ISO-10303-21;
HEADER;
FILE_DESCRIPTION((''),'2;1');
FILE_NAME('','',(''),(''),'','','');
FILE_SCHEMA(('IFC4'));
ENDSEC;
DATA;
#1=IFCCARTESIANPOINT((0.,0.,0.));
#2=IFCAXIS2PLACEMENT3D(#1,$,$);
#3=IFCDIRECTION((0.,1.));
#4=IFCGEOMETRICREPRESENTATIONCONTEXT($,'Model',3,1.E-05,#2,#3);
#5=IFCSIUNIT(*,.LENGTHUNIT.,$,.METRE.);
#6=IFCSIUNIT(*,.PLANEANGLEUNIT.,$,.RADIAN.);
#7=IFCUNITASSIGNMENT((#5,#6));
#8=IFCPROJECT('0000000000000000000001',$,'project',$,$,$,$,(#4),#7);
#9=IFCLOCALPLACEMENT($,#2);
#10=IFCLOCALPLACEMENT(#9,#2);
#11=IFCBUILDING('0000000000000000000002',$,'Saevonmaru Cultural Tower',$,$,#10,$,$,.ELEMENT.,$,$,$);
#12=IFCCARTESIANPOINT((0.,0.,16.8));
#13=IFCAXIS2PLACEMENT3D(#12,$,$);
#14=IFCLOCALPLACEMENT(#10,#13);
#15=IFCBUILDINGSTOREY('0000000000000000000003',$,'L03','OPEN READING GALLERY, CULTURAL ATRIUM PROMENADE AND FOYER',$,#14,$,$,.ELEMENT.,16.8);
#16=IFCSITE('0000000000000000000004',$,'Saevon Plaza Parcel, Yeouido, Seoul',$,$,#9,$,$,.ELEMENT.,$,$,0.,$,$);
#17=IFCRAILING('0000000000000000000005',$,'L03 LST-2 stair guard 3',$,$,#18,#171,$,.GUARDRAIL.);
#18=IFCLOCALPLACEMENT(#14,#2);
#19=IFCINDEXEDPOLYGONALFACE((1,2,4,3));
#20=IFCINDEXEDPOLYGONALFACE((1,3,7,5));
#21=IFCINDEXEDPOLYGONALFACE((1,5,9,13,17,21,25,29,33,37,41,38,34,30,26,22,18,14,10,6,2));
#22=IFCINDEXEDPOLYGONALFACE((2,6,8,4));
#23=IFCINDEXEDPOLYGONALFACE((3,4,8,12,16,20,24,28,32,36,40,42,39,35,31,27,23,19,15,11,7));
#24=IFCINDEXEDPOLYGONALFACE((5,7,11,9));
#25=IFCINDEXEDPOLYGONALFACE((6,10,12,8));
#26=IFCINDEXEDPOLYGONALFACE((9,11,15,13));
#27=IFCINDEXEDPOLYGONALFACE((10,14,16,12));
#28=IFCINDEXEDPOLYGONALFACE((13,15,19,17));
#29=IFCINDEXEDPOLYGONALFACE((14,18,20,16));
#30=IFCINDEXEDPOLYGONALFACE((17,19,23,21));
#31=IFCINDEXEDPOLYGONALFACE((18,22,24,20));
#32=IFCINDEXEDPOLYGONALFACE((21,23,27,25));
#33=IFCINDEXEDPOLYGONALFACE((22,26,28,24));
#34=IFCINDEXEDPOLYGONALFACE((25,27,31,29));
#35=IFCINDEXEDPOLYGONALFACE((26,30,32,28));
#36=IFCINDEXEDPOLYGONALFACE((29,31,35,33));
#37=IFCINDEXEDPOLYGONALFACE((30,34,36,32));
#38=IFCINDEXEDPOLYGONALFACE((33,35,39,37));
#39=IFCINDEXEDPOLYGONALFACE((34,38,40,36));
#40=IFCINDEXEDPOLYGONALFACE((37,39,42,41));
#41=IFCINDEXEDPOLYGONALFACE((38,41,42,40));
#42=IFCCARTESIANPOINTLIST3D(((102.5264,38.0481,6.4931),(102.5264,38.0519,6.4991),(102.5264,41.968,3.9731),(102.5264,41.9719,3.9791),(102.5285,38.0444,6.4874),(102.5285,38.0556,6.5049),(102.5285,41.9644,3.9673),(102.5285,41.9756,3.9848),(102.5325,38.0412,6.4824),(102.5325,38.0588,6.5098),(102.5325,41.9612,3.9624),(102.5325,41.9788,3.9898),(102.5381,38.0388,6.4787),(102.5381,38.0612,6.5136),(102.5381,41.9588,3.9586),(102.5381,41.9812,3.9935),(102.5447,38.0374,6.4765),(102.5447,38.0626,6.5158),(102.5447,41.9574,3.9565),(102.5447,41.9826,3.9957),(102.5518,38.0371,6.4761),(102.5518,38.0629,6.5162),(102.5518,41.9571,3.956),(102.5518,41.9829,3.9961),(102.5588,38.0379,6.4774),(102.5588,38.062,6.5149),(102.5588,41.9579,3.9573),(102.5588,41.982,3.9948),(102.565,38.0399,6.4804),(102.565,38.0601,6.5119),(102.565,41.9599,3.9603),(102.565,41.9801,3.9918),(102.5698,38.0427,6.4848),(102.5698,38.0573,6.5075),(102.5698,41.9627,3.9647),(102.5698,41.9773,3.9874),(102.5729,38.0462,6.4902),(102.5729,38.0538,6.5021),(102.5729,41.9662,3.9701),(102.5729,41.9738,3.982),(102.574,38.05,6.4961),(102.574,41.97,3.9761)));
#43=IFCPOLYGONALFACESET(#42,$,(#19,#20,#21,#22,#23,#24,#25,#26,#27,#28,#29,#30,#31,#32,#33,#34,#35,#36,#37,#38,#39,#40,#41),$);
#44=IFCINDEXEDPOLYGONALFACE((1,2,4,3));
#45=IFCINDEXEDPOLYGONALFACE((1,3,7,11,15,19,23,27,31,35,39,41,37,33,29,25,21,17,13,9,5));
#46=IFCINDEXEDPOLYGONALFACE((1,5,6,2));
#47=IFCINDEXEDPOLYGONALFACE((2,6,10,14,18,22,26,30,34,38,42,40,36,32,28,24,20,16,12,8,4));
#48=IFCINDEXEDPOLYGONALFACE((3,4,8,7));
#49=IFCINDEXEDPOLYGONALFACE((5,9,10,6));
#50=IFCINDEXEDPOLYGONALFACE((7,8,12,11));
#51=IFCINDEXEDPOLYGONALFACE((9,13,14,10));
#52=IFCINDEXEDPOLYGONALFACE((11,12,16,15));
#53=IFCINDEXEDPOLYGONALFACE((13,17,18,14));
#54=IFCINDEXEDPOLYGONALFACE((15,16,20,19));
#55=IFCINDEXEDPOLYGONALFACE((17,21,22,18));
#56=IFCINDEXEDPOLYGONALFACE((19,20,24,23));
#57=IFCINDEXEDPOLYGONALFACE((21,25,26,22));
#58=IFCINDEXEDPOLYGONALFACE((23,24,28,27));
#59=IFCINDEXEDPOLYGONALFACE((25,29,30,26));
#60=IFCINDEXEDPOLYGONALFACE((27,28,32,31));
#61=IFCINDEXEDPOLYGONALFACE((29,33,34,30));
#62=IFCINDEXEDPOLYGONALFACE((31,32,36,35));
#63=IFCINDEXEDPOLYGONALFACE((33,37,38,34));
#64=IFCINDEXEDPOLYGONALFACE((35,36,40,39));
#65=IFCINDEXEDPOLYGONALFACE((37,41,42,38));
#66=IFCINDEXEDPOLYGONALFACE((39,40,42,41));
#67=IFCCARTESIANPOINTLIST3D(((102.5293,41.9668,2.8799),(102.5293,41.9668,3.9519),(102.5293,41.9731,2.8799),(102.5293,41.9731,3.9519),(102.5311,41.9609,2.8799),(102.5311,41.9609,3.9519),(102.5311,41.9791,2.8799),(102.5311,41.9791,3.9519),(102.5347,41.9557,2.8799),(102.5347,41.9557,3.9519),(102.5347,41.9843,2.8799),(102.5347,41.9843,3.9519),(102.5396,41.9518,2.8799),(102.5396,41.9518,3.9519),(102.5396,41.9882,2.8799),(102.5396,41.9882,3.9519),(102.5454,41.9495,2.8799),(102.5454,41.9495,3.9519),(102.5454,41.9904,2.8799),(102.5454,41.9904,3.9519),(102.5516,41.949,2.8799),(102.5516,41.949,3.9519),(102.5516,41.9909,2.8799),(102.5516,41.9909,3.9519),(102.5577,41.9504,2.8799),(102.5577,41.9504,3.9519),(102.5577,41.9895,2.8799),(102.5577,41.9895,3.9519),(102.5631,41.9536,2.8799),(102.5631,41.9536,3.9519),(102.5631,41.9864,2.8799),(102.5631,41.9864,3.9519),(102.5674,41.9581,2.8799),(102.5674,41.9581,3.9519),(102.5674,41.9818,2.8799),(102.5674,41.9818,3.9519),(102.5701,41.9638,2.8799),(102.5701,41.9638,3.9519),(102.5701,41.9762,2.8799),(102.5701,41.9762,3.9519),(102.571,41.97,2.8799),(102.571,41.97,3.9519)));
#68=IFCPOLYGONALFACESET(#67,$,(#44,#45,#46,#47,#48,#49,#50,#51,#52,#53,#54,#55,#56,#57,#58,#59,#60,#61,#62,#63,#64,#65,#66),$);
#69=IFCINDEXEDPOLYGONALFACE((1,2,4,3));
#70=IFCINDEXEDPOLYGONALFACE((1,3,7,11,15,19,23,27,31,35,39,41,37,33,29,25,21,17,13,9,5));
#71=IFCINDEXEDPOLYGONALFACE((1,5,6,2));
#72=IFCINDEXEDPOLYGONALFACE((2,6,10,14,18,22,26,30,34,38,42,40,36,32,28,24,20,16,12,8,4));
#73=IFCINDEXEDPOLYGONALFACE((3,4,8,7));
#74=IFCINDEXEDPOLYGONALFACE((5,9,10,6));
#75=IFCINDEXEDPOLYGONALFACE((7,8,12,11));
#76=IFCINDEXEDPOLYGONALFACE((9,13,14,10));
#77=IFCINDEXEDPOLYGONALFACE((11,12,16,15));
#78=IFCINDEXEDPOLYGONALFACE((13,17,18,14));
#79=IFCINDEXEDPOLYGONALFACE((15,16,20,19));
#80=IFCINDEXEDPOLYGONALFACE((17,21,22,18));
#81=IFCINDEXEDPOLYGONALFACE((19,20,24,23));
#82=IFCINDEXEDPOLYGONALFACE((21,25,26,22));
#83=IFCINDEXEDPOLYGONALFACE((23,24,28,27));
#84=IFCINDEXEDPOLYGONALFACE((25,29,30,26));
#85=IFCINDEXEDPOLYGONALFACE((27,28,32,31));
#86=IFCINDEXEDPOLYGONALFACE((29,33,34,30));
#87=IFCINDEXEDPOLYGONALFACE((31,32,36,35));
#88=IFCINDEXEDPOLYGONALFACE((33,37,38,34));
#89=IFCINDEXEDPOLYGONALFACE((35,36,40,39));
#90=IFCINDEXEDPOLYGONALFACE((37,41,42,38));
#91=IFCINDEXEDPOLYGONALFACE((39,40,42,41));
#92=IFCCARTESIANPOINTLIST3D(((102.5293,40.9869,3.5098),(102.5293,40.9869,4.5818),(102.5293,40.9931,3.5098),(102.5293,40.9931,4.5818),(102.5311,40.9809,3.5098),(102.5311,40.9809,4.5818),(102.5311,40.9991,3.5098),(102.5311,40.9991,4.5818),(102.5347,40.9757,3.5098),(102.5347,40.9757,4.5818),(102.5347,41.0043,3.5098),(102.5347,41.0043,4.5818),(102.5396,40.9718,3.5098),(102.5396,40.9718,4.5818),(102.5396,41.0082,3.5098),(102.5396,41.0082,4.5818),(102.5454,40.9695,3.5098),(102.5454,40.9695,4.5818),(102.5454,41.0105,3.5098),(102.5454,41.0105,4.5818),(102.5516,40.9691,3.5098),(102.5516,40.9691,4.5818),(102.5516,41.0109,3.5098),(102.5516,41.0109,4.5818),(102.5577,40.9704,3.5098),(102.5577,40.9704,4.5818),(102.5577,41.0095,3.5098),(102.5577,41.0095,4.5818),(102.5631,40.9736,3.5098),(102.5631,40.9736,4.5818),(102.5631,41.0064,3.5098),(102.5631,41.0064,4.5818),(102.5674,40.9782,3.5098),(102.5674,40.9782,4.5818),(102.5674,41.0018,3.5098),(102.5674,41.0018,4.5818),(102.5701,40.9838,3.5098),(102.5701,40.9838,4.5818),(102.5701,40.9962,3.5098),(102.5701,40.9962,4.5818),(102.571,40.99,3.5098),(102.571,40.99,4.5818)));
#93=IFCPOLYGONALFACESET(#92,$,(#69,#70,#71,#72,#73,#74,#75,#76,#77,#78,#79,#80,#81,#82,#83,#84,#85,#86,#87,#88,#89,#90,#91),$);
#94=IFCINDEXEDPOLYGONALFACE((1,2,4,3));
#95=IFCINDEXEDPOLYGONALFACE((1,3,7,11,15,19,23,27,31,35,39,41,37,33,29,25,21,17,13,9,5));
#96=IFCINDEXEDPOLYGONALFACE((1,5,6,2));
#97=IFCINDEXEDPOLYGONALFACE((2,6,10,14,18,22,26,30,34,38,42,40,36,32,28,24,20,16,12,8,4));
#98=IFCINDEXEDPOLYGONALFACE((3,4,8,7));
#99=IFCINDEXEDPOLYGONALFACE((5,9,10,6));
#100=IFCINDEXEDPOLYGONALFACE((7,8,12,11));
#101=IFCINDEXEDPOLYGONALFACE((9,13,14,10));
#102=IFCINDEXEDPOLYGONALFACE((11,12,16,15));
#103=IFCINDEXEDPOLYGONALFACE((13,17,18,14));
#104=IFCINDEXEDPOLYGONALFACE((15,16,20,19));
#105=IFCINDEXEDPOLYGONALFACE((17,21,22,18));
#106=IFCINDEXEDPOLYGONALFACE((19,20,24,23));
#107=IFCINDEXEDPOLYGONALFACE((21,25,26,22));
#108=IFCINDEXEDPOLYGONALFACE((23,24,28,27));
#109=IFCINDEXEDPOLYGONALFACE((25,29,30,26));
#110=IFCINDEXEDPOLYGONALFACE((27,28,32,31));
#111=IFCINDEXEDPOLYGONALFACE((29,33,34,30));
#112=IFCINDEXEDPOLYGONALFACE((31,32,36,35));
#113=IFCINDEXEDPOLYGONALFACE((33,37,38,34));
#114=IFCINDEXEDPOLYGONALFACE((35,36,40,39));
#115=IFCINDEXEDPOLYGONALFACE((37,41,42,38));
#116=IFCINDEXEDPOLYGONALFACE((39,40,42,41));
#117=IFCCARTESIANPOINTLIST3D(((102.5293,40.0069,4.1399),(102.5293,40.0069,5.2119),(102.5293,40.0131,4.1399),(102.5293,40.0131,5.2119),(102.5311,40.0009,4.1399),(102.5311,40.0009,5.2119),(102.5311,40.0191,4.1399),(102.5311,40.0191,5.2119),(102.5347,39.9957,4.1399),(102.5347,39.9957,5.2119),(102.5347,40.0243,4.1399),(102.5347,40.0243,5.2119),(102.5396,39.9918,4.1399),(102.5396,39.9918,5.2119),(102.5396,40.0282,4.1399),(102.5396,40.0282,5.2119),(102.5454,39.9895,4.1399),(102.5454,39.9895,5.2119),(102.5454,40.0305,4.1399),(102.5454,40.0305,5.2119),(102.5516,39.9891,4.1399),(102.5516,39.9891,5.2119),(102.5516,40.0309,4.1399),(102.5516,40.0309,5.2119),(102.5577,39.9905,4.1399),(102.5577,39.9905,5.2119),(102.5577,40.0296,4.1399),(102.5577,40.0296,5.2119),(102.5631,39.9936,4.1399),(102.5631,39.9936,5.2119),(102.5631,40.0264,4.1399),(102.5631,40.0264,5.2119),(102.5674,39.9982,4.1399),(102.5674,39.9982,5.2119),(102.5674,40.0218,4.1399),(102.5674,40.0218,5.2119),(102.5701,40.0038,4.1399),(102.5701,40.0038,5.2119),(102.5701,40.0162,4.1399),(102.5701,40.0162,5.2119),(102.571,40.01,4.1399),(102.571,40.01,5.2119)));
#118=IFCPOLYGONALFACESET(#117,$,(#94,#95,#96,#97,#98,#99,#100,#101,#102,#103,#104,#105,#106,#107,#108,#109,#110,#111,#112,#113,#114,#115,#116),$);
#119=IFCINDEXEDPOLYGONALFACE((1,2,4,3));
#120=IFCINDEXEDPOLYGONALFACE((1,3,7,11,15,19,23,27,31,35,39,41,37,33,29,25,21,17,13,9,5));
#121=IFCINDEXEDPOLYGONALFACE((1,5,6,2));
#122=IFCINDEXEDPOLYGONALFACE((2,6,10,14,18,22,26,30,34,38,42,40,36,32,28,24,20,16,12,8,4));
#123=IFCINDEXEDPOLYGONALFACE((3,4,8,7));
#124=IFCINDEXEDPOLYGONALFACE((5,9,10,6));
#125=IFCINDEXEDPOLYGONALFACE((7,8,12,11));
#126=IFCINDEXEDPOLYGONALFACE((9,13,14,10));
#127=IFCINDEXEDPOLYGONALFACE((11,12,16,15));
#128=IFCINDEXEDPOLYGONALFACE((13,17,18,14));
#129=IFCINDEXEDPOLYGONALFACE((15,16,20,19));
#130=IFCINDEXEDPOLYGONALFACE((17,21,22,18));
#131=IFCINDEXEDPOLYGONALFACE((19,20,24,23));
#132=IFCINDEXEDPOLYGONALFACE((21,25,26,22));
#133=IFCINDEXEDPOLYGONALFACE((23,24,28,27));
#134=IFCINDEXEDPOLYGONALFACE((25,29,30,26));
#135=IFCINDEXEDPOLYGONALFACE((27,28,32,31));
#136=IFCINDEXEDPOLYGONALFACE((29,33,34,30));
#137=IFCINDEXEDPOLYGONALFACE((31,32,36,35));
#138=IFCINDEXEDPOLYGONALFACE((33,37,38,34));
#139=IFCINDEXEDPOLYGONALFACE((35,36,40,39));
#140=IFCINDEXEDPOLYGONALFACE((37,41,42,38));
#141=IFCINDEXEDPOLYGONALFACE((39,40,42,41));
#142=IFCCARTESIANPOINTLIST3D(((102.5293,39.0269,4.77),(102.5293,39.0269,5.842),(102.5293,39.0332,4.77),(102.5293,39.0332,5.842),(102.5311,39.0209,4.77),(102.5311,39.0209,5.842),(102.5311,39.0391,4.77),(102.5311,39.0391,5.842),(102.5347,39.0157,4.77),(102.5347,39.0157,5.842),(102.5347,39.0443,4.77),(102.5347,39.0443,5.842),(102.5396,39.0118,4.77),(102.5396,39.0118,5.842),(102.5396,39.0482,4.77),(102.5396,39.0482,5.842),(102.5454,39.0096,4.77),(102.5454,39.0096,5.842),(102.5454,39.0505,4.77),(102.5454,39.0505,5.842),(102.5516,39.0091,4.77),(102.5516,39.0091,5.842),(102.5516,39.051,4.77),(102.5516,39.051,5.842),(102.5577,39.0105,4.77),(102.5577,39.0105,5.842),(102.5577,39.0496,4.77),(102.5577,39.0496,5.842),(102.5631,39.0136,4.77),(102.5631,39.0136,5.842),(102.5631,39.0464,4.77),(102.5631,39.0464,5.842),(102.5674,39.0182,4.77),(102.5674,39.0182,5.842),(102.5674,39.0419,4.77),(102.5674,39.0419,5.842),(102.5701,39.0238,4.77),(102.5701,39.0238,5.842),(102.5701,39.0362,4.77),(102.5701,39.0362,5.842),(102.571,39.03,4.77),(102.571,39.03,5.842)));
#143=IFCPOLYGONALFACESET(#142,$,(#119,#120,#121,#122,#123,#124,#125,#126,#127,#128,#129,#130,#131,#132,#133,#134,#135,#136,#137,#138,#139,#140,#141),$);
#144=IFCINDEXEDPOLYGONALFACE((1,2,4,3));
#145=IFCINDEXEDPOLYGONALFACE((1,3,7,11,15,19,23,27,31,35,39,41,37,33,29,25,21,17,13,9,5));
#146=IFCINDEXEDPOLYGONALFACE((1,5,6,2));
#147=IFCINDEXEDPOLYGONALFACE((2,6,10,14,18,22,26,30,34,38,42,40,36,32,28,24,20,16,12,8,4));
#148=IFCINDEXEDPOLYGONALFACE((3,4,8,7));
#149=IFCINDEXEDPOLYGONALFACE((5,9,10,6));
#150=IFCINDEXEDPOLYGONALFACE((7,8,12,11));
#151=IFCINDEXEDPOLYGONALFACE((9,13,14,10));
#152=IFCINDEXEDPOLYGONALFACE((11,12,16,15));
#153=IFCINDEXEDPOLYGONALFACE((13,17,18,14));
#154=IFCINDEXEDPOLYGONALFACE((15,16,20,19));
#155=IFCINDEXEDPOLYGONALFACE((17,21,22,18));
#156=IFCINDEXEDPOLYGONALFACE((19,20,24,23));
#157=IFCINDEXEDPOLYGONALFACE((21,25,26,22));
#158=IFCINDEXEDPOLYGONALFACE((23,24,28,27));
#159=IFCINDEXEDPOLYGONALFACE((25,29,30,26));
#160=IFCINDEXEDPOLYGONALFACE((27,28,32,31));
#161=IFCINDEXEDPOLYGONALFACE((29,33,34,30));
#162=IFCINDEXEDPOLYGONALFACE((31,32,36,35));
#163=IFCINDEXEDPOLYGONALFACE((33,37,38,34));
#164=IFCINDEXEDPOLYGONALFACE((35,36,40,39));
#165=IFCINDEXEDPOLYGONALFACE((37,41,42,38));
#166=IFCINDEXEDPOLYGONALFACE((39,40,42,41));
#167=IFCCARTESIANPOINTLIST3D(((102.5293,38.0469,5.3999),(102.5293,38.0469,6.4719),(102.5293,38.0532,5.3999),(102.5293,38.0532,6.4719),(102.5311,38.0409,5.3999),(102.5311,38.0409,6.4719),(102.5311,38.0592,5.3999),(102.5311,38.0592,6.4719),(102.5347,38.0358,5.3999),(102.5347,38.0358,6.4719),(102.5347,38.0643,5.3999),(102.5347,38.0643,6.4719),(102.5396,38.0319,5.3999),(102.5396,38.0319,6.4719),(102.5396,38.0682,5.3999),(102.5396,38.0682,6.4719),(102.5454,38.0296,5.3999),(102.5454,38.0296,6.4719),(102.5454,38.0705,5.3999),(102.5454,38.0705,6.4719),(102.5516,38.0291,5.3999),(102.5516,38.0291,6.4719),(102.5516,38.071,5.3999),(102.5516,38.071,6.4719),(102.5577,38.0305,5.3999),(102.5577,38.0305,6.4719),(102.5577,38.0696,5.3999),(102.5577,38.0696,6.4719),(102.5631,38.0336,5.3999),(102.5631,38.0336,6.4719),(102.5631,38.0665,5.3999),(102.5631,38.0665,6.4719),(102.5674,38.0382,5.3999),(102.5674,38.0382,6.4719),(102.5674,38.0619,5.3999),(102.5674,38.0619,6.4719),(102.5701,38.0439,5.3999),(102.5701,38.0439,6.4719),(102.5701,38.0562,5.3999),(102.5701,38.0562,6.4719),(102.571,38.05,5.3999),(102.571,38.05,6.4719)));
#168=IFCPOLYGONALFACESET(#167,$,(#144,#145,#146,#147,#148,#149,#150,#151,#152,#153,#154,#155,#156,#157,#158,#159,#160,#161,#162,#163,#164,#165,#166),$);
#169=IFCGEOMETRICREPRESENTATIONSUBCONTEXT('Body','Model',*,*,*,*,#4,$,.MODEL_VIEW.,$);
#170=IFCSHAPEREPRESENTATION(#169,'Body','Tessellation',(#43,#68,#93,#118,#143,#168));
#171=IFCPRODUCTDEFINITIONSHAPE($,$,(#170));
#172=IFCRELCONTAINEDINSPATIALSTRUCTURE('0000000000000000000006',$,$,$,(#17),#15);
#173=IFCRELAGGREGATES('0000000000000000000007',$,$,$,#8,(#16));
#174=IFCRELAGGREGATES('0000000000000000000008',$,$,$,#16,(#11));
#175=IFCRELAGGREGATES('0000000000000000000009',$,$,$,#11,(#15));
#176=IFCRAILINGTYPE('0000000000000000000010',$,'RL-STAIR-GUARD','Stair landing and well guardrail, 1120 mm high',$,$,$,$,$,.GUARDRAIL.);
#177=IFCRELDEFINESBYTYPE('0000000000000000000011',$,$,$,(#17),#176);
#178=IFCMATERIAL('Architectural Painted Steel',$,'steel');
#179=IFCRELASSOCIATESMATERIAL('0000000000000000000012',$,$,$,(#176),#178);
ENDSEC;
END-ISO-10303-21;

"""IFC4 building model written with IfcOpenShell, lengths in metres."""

from ifc_helpers import new_model, si_unit, direction, frame, origin, origin_2d, place, context, subcontext, project, spatial, circle, extrude, material, type_object, element, save


model = new_model("IFC4")

# Units and contexts
model_context = context("Model", 3, precision=1e-05, world=origin(), true_north=direction((0.0, 1.0)))
body_context = subcontext(model_context, "Body", "Model", "MODEL_VIEW")
ifc_project = project(units=[si_unit("LENGTHUNIT", "METRE"), si_unit("PLANEANGLEUNIT", "RADIAN")], contexts=[model_context])

# Site, building, storey
site_placement = place(None, origin())
site = spatial("IfcSite", under=ifc_project, at=site_placement, Name="Saevon Plaza Parcel, Yeouido, Seoul", CompositionType="ELEMENT", RefElevation=0.0)
building_placement = place(site_placement, origin())
building = spatial("IfcBuilding", under=site, at=building_placement, Name="Saevonmaru Cultural Tower", CompositionType="ELEMENT")
storey_placement = place(building_placement, frame((0.0, 0.0, 16.8)))
storey = spatial("IfcBuildingStorey", under=building, at=storey_placement, Name="L03", Description="OPEN READING GALLERY, CULTURAL ATRIUM PROMENADE AND FOYER", CompositionType="ELEMENT", Elevation=16.8)

# Railing
ifc_material_1 = material(Name="Architectural Painted Steel", Category="steel")
railing_type_1 = type_object("IfcRailingType", Name="RL-STAIR-GUARD", Description="Stair landing and well guardrail, 1120 mm high", PredefinedType="GUARDRAIL", material=ifc_material_1)
railing_1_placement = place(storey_placement, frame((102.55, 41.97, 2.8799)))
element("IfcRailing", 1, at=railing_1_placement, inside=storey, type_object=railing_type_1, Name="L03 LST-2 stair guard 3", PredefinedType="GUARDRAIL", context=body_context, shape_type="SweptSolid", body=[
    extrude(circle(Radius=0.0239, at=origin_2d()), frame((0.0, 0.0, 1.0962), z_axis=(0.0, -0.841172, 0.540768), x_axis=(1.0, 0.0, 0.0)), (0.0, 0.0, 1.0), 4.6602),
    extrude(circle(Radius=0.021, at=origin_2d()), origin(), (0.0, 0.0, 1.0), 1.072),
    extrude(circle(Radius=0.021, at=origin_2d()), frame((0.0, -0.98, 0.6299)), (0.0, 0.0, 1.0), 1.072),
    extrude(circle(Radius=0.021, at=origin_2d()), frame((0.0, -1.96, 1.26)), (0.0, 0.0, 1.0), 1.072),
    extrude(circle(Radius=0.021, at=origin_2d()), frame((0.0, -2.9399, 1.8901)), (0.0, 0.0, 1.0), 1.072),
    extrude(circle(Radius=0.021, at=origin_2d()), frame((0.0, -3.9199, 2.52)), (0.0, 0.0, 1.0), 1.072),
])

save(model, "model.ifc")
